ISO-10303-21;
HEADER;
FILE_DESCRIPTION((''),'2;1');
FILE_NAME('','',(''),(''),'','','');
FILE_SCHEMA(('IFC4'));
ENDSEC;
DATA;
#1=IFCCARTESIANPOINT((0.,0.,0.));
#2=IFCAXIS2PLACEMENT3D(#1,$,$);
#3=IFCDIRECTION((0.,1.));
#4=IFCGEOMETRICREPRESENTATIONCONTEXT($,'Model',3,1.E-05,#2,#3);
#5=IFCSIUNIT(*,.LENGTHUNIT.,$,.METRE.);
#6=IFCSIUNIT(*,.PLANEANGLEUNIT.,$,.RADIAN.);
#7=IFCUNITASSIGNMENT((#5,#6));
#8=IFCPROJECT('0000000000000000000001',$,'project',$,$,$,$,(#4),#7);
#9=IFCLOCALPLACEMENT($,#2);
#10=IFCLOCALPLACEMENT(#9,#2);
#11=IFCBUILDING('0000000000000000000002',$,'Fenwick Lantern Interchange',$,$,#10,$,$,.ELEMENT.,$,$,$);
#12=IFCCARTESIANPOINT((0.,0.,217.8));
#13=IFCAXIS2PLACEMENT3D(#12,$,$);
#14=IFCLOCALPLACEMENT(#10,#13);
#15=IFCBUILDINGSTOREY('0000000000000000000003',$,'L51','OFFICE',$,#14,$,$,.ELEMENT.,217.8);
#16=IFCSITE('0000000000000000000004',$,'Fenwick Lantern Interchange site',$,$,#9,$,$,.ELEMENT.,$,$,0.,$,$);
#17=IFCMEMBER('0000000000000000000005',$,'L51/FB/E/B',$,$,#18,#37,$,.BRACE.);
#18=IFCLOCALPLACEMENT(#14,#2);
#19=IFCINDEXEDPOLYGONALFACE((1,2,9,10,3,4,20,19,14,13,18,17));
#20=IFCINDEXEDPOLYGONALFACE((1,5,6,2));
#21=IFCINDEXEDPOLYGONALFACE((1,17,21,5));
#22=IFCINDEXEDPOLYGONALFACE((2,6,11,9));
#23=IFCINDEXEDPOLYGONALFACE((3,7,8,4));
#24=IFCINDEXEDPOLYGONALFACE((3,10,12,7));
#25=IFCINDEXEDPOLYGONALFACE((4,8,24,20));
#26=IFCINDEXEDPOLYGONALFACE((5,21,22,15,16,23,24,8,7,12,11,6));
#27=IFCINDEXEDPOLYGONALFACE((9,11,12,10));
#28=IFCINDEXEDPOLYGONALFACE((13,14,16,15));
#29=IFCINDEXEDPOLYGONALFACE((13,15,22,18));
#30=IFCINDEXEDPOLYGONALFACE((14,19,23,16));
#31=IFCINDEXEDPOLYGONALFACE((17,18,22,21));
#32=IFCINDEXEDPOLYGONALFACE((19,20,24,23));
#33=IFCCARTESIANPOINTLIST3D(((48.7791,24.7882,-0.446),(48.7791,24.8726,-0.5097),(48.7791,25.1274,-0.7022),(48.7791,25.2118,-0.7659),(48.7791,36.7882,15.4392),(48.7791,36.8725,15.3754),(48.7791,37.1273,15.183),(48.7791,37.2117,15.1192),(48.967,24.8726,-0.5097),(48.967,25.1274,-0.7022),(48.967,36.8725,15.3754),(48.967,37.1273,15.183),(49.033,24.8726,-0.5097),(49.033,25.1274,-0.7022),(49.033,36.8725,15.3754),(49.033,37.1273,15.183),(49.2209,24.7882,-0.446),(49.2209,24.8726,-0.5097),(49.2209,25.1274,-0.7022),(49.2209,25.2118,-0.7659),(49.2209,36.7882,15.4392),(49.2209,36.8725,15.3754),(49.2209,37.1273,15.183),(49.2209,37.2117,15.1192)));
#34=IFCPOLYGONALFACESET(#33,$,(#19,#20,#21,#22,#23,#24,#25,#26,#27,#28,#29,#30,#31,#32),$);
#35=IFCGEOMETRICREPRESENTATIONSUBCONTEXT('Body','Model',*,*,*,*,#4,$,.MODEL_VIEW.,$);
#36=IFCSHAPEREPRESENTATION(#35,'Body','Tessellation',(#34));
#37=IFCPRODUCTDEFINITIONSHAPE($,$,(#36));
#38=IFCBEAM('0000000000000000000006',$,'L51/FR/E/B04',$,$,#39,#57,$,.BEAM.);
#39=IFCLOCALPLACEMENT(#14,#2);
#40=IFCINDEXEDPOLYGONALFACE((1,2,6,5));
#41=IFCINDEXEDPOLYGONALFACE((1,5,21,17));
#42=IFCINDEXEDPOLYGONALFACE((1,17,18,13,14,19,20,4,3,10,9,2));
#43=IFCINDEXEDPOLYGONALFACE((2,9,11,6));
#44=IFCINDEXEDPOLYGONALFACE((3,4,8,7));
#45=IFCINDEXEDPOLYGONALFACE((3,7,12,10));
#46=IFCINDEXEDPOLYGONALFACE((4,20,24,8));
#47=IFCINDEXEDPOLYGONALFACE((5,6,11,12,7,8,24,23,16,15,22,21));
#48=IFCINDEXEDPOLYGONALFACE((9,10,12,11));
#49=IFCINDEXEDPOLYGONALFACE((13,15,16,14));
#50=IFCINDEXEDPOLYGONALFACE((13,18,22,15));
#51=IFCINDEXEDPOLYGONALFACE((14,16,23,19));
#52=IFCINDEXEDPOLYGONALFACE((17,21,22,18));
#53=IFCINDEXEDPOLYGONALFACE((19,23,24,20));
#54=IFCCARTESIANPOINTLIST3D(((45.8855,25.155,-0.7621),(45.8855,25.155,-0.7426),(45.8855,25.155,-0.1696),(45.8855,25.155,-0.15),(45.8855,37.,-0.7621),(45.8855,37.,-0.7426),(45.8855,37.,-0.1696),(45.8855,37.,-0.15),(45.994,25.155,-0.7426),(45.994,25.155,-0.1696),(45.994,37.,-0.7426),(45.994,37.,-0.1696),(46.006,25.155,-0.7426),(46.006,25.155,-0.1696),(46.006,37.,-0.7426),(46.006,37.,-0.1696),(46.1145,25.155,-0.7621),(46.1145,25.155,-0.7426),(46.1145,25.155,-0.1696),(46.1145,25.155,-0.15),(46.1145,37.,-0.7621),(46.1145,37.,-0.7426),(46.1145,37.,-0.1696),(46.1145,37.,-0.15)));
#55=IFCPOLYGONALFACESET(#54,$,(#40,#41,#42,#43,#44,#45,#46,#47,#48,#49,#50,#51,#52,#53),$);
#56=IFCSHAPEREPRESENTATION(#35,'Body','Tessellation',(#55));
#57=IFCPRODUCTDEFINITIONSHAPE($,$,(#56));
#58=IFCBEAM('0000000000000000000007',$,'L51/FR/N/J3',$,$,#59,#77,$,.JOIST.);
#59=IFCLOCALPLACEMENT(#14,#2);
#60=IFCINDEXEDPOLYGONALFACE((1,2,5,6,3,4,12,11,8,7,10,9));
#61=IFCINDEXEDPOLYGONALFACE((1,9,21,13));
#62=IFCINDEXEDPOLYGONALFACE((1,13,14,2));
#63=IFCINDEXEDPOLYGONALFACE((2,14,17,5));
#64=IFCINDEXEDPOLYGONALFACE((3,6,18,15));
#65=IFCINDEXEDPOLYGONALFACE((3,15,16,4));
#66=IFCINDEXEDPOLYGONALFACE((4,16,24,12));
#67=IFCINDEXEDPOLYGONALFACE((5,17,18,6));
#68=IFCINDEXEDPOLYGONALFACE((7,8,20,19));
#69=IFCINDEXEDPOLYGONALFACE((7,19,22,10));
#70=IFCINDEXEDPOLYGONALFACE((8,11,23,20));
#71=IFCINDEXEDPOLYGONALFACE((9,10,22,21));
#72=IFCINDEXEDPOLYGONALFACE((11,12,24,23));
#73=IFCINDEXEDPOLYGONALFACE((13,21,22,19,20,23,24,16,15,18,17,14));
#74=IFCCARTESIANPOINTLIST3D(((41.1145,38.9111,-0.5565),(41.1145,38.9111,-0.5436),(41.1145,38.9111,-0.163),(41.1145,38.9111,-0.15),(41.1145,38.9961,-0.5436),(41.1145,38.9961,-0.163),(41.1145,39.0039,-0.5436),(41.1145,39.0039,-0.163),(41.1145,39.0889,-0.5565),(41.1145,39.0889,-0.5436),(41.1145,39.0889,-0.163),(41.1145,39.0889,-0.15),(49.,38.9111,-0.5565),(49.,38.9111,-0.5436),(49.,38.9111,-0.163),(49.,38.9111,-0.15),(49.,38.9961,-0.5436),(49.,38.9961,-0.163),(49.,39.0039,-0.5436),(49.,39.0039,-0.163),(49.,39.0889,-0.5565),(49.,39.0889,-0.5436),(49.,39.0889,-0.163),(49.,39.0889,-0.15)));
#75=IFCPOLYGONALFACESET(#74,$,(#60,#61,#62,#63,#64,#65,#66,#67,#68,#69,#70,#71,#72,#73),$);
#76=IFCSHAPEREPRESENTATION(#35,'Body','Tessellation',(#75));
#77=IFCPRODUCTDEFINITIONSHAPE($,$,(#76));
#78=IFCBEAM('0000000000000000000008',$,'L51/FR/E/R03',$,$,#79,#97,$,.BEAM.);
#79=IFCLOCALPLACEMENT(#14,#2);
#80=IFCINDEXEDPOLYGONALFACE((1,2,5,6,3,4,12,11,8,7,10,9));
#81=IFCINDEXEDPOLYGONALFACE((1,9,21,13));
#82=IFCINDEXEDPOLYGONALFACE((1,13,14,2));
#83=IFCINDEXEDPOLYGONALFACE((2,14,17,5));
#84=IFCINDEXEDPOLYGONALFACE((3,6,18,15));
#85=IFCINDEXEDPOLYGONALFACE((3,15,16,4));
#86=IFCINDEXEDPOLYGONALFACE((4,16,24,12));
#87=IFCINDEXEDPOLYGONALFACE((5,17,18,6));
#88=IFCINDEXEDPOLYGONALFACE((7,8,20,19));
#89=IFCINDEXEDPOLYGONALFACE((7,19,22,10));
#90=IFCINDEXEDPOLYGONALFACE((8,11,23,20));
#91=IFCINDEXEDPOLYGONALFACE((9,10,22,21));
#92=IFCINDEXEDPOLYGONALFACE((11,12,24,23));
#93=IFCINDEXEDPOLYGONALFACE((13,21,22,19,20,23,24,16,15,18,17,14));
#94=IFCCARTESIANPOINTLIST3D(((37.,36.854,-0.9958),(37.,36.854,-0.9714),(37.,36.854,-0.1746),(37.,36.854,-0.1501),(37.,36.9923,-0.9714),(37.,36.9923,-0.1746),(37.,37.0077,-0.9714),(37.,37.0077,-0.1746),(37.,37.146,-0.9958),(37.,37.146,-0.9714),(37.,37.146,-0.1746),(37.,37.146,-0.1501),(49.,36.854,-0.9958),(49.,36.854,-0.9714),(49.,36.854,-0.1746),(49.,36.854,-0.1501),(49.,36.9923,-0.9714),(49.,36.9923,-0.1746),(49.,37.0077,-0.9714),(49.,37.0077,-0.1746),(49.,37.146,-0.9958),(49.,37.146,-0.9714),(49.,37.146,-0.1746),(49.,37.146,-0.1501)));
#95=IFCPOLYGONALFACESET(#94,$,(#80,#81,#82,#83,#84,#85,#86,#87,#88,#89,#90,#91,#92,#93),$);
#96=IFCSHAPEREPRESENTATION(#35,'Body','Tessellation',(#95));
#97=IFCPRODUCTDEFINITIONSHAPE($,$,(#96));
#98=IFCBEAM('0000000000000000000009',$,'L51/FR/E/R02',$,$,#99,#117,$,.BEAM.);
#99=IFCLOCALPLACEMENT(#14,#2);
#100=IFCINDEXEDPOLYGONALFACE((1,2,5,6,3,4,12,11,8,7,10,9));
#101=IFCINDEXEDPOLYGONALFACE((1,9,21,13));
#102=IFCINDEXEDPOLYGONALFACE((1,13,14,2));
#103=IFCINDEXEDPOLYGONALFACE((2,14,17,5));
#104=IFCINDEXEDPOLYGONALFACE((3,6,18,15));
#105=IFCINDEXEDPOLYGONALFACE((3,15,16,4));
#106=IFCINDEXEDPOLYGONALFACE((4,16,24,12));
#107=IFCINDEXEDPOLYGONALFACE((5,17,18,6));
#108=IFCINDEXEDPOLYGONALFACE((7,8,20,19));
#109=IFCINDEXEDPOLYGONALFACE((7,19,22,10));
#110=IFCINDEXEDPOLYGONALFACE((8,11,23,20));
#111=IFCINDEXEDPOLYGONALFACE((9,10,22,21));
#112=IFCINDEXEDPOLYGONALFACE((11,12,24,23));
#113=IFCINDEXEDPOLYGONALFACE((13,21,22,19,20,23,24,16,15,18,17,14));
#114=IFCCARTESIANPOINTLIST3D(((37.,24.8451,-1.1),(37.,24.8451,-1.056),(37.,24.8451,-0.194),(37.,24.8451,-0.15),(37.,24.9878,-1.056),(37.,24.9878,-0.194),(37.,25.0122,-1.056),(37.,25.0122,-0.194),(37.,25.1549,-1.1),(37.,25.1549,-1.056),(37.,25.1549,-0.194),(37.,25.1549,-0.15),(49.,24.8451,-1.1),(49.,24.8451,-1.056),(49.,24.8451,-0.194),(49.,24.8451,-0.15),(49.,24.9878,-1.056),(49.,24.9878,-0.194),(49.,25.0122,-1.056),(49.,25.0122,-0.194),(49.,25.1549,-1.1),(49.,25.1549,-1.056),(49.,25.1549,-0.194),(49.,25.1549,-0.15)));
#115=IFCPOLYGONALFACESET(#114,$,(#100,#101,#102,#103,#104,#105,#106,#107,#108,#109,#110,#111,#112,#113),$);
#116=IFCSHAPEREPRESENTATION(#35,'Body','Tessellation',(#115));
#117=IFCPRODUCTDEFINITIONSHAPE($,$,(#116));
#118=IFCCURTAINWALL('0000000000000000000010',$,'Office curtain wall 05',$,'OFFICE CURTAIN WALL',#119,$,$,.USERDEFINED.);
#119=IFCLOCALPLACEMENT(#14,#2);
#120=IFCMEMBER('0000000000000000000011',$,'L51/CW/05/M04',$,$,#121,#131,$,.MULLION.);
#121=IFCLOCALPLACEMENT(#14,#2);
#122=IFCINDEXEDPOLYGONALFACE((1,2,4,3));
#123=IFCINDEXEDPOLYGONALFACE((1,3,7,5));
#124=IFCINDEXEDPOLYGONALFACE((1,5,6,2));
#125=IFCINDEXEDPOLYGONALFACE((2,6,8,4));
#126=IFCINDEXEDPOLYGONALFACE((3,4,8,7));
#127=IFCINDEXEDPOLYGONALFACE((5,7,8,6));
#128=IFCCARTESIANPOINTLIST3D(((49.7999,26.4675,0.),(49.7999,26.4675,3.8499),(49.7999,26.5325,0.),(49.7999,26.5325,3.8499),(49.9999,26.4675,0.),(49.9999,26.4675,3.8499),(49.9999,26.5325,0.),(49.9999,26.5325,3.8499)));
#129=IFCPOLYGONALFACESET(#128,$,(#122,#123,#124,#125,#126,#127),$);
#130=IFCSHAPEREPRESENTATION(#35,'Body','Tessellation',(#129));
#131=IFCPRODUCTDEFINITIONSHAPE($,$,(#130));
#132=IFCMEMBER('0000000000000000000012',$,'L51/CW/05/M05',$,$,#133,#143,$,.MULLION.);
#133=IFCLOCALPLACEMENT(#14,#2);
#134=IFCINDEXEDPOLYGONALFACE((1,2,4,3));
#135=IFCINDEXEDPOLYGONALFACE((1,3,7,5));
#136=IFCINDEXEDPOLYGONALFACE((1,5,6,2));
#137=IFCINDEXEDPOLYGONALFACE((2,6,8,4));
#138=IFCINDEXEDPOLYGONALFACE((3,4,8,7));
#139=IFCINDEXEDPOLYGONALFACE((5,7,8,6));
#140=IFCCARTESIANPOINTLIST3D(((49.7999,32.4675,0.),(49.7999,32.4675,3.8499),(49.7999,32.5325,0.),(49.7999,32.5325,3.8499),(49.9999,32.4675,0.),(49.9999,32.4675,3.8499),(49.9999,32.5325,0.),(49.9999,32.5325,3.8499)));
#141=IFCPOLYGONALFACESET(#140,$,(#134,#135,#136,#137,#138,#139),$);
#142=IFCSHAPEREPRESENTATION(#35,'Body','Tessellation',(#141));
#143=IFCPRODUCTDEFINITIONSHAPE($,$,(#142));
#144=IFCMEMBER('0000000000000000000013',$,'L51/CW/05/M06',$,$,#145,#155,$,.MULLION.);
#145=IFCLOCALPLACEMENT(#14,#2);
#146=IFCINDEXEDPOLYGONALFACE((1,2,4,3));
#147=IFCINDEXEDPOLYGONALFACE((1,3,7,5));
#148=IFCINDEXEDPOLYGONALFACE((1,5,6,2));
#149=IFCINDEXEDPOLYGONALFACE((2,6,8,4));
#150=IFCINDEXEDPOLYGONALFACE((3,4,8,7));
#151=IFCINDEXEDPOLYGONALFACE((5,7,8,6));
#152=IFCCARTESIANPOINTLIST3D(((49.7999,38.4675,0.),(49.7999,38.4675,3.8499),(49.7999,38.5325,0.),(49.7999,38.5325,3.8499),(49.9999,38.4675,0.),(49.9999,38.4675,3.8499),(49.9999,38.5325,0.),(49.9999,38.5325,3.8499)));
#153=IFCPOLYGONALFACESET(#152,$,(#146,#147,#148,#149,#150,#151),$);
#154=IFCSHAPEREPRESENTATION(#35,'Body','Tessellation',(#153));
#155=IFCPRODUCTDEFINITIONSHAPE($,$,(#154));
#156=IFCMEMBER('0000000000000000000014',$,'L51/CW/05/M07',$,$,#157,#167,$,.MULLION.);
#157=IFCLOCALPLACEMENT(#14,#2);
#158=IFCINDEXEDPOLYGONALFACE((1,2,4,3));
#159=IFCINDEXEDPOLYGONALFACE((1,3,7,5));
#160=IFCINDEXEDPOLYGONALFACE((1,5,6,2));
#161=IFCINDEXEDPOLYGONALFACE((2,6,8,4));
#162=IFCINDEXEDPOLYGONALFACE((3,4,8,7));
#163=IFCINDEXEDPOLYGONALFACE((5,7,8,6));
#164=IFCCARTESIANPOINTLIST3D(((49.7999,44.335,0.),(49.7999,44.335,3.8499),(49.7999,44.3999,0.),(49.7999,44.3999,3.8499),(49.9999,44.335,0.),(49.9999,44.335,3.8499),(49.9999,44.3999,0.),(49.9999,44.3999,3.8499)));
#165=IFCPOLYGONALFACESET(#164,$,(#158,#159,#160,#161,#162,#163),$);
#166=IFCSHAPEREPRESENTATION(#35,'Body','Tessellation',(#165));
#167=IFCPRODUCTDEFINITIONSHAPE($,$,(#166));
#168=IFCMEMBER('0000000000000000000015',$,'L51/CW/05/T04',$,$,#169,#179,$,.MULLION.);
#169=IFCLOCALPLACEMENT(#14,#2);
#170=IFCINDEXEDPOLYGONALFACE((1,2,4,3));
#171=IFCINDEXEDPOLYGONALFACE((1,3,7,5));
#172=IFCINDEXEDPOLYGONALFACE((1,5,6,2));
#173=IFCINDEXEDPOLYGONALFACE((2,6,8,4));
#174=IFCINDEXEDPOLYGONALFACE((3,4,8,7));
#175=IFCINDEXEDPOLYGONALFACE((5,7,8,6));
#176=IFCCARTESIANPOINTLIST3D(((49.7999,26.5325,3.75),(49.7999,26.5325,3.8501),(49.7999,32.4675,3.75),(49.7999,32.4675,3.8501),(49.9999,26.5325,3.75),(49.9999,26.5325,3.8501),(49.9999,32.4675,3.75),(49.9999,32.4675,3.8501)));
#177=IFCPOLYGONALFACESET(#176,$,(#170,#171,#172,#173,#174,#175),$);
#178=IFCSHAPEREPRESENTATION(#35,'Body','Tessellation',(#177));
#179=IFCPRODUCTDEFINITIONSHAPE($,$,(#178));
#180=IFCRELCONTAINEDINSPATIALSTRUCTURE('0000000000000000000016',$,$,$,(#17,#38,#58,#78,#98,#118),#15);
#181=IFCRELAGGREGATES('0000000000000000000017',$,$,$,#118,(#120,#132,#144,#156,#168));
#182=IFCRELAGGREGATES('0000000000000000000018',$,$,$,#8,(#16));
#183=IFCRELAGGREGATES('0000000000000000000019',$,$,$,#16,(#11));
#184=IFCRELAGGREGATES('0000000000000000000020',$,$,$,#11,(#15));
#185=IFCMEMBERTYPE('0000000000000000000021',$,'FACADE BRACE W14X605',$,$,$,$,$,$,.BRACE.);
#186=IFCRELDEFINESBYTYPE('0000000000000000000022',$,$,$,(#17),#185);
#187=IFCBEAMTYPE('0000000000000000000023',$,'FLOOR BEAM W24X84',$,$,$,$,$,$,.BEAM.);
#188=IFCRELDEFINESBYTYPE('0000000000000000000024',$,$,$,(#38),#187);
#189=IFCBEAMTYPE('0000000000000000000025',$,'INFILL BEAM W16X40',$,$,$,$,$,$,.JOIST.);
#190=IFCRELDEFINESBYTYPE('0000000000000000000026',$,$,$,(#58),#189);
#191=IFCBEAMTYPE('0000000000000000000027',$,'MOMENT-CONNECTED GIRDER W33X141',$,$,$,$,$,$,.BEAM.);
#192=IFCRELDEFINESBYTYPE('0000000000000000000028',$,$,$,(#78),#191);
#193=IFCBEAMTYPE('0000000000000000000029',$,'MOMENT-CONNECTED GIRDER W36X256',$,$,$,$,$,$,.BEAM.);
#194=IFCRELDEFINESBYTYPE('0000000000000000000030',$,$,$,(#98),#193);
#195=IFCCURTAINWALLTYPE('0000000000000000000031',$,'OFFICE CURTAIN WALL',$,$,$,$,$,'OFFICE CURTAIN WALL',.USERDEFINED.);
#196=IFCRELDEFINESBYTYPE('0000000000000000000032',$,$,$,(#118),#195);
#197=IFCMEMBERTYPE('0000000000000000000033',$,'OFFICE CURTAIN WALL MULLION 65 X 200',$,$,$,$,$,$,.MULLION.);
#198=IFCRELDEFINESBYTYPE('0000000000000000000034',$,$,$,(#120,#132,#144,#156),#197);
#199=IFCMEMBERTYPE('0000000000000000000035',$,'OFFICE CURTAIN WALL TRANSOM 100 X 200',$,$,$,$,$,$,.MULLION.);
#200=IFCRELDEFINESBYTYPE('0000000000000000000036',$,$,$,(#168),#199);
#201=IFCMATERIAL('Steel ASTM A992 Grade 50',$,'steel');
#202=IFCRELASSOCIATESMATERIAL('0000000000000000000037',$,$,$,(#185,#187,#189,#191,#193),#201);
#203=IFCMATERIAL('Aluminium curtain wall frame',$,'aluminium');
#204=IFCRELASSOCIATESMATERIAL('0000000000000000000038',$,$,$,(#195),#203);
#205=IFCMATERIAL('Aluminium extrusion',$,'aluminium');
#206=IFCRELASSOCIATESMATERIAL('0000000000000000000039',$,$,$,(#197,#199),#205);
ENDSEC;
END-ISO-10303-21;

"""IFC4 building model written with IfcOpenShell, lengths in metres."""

from ifc_helpers import new_model, si_unit, direction, frame, origin, origin_2d, place, context, subcontext, project, spatial, rectangle, i_section, extrude, material, material_profile, profile_set, type_object, element, aggregate, save


model = new_model("IFC4")

# Units and contexts
model_context = context("Model", 3, precision=1e-05, world=origin(), true_north=direction((0.0, 1.0)))
body_context = subcontext(model_context, "Body", "Model", "MODEL_VIEW")
ifc_project = project(units=[si_unit("LENGTHUNIT", "METRE"), si_unit("PLANEANGLEUNIT", "RADIAN")], contexts=[model_context])

# Site, building, storey
site_placement = place(None, origin())
site = spatial("IfcSite", under=ifc_project, at=site_placement, Name="Fenwick Lantern Interchange site", CompositionType="ELEMENT", RefElevation=0.0)
building_placement = place(site_placement, origin())
building = spatial("IfcBuilding", under=site, at=building_placement, Name="Fenwick Lantern Interchange", CompositionType="ELEMENT")
storey_placement = place(building_placement, frame((0.0, 0.0, 217.8)))
storey = spatial("IfcBuildingStorey", under=building, at=storey_placement, Name="L51", Description="OFFICE", CompositionType="ELEMENT", Elevation=217.8)

# Shared definitions
ifc_material_1 = material(Name="Steel ASTM A992 Grade 50", Category="steel")

# Member
ifc_material_profile_1 = material_profile(ifc_material_1, i_section(OverallWidth=0.4419, OverallDepth=0.5308, WebThickness=0.0659, FlangeThickness=0.1057, at=origin_2d()), Name="W14X605")
ifc_profile_set_1 = profile_set([ifc_material_profile_1], Name="Steel ASTM A992 Grade 50")
member_type_1 = type_object("IfcMemberType", Name="FACADE BRACE W14X605", PredefinedType="BRACE", material=ifc_profile_set_1)
for number, where, z_axis, x_axis, name in (
    (1, (49.0, 25.0, -0.606), (0.0, 0.602763, 0.79792), (-1.0, 0.0, 0.0), "L51/FB/E/B"),
):
    element("IfcMember", number, at=place(storey_placement, frame(where, z_axis=z_axis, x_axis=x_axis)), inside=storey, type_object=member_type_1, Name=name, PredefinedType="BRACE", context=body_context, shape_type="SweptSolid", body=[
        extrude(i_section(OverallWidth=0.4419, OverallDepth=0.5308, WebThickness=0.0659, FlangeThickness=0.1057, at=origin_2d()), origin(), (0.0, 0.0, 1.0), 19.9082),
    ])

# Beams
ifc_material_profile_2 = material_profile(ifc_material_1, i_section(OverallWidth=0.229, OverallDepth=0.6121, WebThickness=0.012, FlangeThickness=0.0195, at=origin_2d()), Name="W24X84")
ifc_profile_set_2 = profile_set([ifc_material_profile_2], Name="Steel ASTM A992 Grade 50")
beam_type_1 = type_object("IfcBeamType", Name="FLOOR BEAM W24X84", PredefinedType="BEAM", material=ifc_profile_set_2)
beam_1_placement = place(storey_placement, frame((46.0, 25.155, -0.4561), z_axis=(0.0, 1.0, 0.0), x_axis=(-1.0, 0.0, 0.0)))
element("IfcBeam", 2, at=beam_1_placement, inside=storey, type_object=beam_type_1, Name="L51/FR/E/B04", PredefinedType="BEAM", context=body_context, shape_type="SweptSolid", body=[
    extrude(i_section(OverallWidth=0.229, OverallDepth=0.6121, WebThickness=0.012, FlangeThickness=0.0195, at=origin_2d()), origin(), (0.0, 0.0, 1.0), 11.845),
])
ifc_material_profile_3 = material_profile(ifc_material_1, i_section(OverallWidth=0.1777, OverallDepth=0.4065, WebThickness=0.0078, FlangeThickness=0.0129, at=origin_2d()), Name="W16X40")
ifc_profile_set_3 = profile_set([ifc_material_profile_3], Name="Steel ASTM A992 Grade 50")
beam_type_2 = type_object("IfcBeamType", Name="INFILL BEAM W16X40", PredefinedType="JOIST", material=ifc_profile_set_3)
beam_2_placement = place(storey_placement, frame((49.0, 39.0, -0.3533), z_axis=(-1.0, 0.0, 0.0), x_axis=(0.0, -1.0, 0.0)))
element("IfcBeam", 3, at=beam_2_placement, inside=storey, type_object=beam_type_2, Name="L51/FR/N/J3", PredefinedType="JOIST", context=body_context, shape_type="SweptSolid", body=[
    extrude(i_section(OverallWidth=0.1777, OverallDepth=0.4065, WebThickness=0.0078, FlangeThickness=0.0129, at=origin_2d()), origin(), (0.0, 0.0, 1.0), 7.8855),
])
ifc_material_profile_4 = material_profile(ifc_material_1, i_section(OverallWidth=0.292, OverallDepth=0.8457, WebThickness=0.0154, FlangeThickness=0.0244, at=origin_2d()), Name="W33X141")
ifc_profile_set_4 = profile_set([ifc_material_profile_4], Name="Steel ASTM A992 Grade 50")
beam_type_3 = type_object("IfcBeamType", Name="MOMENT-CONNECTED GIRDER W33X141", PredefinedType="BEAM", material=ifc_profile_set_4)
beam_3_placement = place(storey_placement, frame((49.0, 37.0, -0.573), z_axis=(-1.0, 0.0, 0.0), x_axis=(0.0, -1.0, 0.0)))
element("IfcBeam", 4, at=beam_3_placement, inside=storey, type_object=beam_type_3, Name="L51/FR/E/R03", PredefinedType="BEAM", context=body_context, shape_type="SweptSolid", body=[
    extrude(i_section(OverallWidth=0.292, OverallDepth=0.8457, WebThickness=0.0154, FlangeThickness=0.0244, at=origin_2d()), origin(), (0.0, 0.0, 1.0), 12.0),
])
ifc_material_profile_5 = material_profile(ifc_material_1, i_section(OverallWidth=0.3098, OverallDepth=0.95, WebThickness=0.0244, FlangeThickness=0.0439, at=origin_2d()), Name="W36X256")
ifc_profile_set_5 = profile_set([ifc_material_profile_5], Name="Steel ASTM A992 Grade 50")
beam_type_4 = type_object("IfcBeamType", Name="MOMENT-CONNECTED GIRDER W36X256", PredefinedType="BEAM", material=ifc_profile_set_5)
beam_4_placement = place(storey_placement, frame((49.0, 25.0, -0.625), z_axis=(-1.0, 0.0, 0.0), x_axis=(0.0, -1.0, 0.0)))
element("IfcBeam", 5, at=beam_4_placement, inside=storey, type_object=beam_type_4, Name="L51/FR/E/R02", PredefinedType="BEAM", context=body_context, shape_type="SweptSolid", body=[
    extrude(i_section(OverallWidth=0.3098, OverallDepth=0.95, WebThickness=0.0244, FlangeThickness=0.0439, at=origin_2d()), origin(), (0.0, 0.0, 1.0), 12.0),
])

# Curtain wall, members
ifc_material_2 = material(Name="Aluminium curtain wall frame", Category="aluminium")
curtain_wall_type = type_object("IfcCurtainWallType", Name="OFFICE CURTAIN WALL", ElementType="OFFICE CURTAIN WALL", PredefinedType="USERDEFINED", material=ifc_material_2)
curtain_wall_placement = place(storey_placement, origin())
curtain_wall = element("IfcCurtainWall", 6, at=curtain_wall_placement, inside=storey, type_object=curtain_wall_type, Name="Office curtain wall 05", ObjectType="OFFICE CURTAIN WALL", PredefinedType="USERDEFINED")
ifc_material_3 = material(Name="Aluminium extrusion", Category="aluminium")
ifc_material_profile_6 = material_profile(ifc_material_3, rectangle(XDim=0.2, YDim=0.0649, at=origin_2d()), Name="OFFICE CURTAIN WALL MULLION 65 X 200")
ifc_profile_set_6 = profile_set([ifc_material_profile_6], Name="Aluminium extrusion")
member_type_2 = type_object("IfcMemberType", Name="OFFICE CURTAIN WALL MULLION 65 X 200", PredefinedType="MULLION", material=ifc_profile_set_6)
member_1_placement = place(storey_placement, frame((49.8999, 26.5, 0.0), z_axis=(0.0, 0.0, 1.0), x_axis=(-1.0, 0.0, 0.0)))
member_1 = element("IfcMember", 7, at=member_1_placement, type_object=member_type_2, Name="L51/CW/05/M04", PredefinedType="MULLION", context=body_context, shape_type="SweptSolid", body=[
    extrude(rectangle(XDim=0.2, YDim=0.0649, at=origin_2d()), origin(), (0.0, 0.0, 1.0), 3.8499),
])
member_2_placement = place(storey_placement, frame((49.8999, 32.5, 0.0), z_axis=(0.0, 0.0, 1.0), x_axis=(-1.0, 0.0, 0.0)))
member_2 = element("IfcMember", 8, at=member_2_placement, type_object=member_type_2, Name="L51/CW/05/M05", PredefinedType="MULLION", context=body_context, shape_type="SweptSolid", body=[
    extrude(rectangle(XDim=0.2, YDim=0.0649, at=origin_2d()), origin(), (0.0, 0.0, 1.0), 3.8499),
])
member_3_placement = place(storey_placement, frame((49.8999, 38.5, 0.0), z_axis=(0.0, 0.0, 1.0), x_axis=(-1.0, 0.0, 0.0)))
member_3 = element("IfcMember", 9, at=member_3_placement, type_object=member_type_2, Name="L51/CW/05/M06", PredefinedType="MULLION", context=body_context, shape_type="SweptSolid", body=[
    extrude(rectangle(XDim=0.2, YDim=0.0649, at=origin_2d()), origin(), (0.0, 0.0, 1.0), 3.8499),
])
member_4_placement = place(storey_placement, frame((49.8999, 44.3674, 0.0), z_axis=(0.0, 0.0, 1.0), x_axis=(-1.0, 0.0, 0.0)))
member_4 = element("IfcMember", 10, at=member_4_placement, type_object=member_type_2, Name="L51/CW/05/M07", PredefinedType="MULLION", context=body_context, shape_type="SweptSolid", body=[
    extrude(rectangle(XDim=0.2, YDim=0.0649, at=origin_2d()), origin(), (0.0, 0.0, 1.0), 3.8499),
])
ifc_material_profile_7 = material_profile(ifc_material_3, rectangle(XDim=0.2, YDim=0.1001, at=origin_2d()), Name="OFFICE CURTAIN WALL TRANSOM 100 X 200")
ifc_profile_set_7 = profile_set([ifc_material_profile_7], Name="Aluminium extrusion")
member_type_3 = type_object("IfcMemberType", Name="OFFICE CURTAIN WALL TRANSOM 100 X 200", PredefinedType="MULLION", material=ifc_profile_set_7)
member_5_placement = place(storey_placement, frame((49.8999, 26.5325, 3.8), z_axis=(0.0, 1.0, 0.0), x_axis=(-1.0, 0.0, 0.0)))
member_5 = element("IfcMember", 11, at=member_5_placement, type_object=member_type_3, Name="L51/CW/05/T04", PredefinedType="MULLION", context=body_context, shape_type="SweptSolid", body=[
    extrude(rectangle(XDim=0.2, YDim=0.1001, at=origin_2d()), origin(), (0.0, 0.0, 1.0), 5.9351),
])
aggregate(curtain_wall, [member_1, member_2, member_3, member_4, member_5])

save(model, "model.ifc")
